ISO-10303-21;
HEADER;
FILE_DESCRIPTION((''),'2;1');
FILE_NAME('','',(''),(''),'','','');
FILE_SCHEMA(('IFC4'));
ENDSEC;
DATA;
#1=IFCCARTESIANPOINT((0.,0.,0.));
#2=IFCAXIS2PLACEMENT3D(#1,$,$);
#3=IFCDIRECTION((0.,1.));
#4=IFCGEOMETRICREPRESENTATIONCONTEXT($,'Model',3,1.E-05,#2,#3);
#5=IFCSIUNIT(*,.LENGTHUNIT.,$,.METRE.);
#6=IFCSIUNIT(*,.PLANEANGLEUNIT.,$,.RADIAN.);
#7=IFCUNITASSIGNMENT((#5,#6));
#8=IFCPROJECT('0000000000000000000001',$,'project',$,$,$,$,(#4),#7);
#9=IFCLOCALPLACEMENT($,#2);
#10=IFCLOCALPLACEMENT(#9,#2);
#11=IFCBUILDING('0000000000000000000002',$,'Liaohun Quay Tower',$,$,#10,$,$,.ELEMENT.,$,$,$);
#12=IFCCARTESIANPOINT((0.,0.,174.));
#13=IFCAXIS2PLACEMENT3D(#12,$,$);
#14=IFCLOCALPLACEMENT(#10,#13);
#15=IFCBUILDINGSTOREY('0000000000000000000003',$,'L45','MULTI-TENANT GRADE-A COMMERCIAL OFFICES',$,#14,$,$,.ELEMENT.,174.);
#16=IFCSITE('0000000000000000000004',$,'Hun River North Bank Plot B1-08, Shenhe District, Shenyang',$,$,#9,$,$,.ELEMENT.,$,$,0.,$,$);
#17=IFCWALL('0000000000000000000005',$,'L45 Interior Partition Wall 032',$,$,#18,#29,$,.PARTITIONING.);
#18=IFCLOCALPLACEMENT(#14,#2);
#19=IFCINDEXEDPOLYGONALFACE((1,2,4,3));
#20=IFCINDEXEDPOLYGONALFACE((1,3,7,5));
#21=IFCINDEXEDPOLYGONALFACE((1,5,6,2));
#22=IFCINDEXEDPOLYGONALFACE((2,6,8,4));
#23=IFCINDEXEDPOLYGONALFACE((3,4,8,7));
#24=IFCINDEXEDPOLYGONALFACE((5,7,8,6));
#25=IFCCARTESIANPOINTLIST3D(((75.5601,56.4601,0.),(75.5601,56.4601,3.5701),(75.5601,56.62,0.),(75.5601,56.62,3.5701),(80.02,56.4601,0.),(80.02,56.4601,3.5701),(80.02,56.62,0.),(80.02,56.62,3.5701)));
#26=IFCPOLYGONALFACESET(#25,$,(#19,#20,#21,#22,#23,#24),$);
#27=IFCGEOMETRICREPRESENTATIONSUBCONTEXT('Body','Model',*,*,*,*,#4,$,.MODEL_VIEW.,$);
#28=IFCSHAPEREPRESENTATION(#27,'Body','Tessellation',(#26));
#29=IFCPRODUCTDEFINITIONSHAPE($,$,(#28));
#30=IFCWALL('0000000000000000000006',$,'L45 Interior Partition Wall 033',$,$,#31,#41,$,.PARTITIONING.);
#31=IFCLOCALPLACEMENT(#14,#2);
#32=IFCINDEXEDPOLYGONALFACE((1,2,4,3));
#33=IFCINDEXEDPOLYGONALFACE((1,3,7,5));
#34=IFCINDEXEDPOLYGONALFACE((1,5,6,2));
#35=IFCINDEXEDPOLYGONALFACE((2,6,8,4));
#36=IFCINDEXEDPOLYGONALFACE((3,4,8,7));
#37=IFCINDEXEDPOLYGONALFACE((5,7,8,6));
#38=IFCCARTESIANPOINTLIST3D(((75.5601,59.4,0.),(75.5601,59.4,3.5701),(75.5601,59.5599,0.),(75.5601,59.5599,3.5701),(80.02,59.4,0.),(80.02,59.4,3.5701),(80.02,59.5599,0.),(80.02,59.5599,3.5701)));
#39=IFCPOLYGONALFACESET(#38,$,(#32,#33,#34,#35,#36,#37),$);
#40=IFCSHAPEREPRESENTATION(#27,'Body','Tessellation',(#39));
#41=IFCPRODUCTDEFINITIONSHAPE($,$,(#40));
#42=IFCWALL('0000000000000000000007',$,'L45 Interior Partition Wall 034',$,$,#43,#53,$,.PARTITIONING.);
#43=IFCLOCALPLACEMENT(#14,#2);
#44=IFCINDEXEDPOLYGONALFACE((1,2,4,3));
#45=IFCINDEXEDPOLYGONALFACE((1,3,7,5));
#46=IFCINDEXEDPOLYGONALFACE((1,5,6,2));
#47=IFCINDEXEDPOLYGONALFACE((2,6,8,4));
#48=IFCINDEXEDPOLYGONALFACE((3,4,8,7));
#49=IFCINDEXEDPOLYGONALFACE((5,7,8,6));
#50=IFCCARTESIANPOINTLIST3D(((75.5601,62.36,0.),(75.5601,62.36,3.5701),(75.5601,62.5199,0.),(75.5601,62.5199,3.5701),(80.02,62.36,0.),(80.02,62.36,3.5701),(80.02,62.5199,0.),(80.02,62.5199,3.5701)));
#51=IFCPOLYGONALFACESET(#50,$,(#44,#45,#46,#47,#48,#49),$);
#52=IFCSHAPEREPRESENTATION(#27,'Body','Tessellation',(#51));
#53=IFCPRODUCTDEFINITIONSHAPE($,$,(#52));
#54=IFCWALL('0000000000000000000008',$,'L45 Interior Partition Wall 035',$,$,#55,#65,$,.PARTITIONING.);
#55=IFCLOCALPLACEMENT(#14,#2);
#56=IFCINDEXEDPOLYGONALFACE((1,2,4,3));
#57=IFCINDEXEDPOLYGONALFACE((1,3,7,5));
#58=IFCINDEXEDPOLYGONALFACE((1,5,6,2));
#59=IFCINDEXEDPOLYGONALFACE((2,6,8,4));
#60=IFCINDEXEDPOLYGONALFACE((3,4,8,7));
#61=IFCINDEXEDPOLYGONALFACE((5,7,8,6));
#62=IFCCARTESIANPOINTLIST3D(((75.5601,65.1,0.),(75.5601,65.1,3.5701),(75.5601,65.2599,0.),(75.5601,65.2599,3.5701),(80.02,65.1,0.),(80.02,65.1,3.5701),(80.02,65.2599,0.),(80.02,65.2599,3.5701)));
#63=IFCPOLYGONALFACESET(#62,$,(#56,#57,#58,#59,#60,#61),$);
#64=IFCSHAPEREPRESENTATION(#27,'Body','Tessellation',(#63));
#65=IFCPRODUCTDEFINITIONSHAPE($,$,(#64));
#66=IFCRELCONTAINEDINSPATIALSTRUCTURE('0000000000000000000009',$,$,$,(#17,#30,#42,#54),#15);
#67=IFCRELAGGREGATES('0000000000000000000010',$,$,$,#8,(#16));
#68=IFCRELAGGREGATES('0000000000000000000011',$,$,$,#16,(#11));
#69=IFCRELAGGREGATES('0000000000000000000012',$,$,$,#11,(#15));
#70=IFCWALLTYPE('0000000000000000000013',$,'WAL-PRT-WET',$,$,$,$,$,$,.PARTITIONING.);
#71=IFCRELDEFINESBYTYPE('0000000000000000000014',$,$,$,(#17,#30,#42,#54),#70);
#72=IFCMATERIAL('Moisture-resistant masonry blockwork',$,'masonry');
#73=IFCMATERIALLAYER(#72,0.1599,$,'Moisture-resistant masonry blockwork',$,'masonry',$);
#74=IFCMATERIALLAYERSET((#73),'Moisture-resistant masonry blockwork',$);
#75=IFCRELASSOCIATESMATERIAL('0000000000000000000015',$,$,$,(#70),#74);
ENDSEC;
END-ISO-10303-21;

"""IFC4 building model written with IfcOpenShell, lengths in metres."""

from ifc_helpers import new_model, si_unit, direction, frame, frame_2d, origin, place, context, subcontext, project, spatial, rectangle, extrude, material, layer, layer_set, type_object, element, save


model = new_model("IFC4")

# Units and contexts
model_context = context("Model", 3, precision=1e-05, world=origin(), true_north=direction((0.0, 1.0)))
body_context = subcontext(model_context, "Body", "Model", "MODEL_VIEW")
ifc_project = project(units=[si_unit("LENGTHUNIT", "METRE"), si_unit("PLANEANGLEUNIT", "RADIAN")], contexts=[model_context])

# Site, building, storey
site_placement = place(None, origin())
site = spatial("IfcSite", under=ifc_project, at=site_placement, Name="Hun River North Bank Plot B1-08, Shenhe District, Shenyang", CompositionType="ELEMENT", RefElevation=0.0)
building_placement = place(site_placement, origin())
building = spatial("IfcBuilding", under=site, at=building_placement, Name="Liaohun Quay Tower", CompositionType="ELEMENT")
storey_placement = place(building_placement, frame((0.0, 0.0, 174.0)))
storey = spatial("IfcBuildingStorey", under=building, at=storey_placement, Name="L45", Description="MULTI-TENANT GRADE-A COMMERCIAL OFFICES", CompositionType="ELEMENT", Elevation=174.0)

# Shared definitions
ifc_material_1 = material(Name="Moisture-resistant masonry blockwork", Category="masonry")
ifc_layer_1 = layer(ifc_material_1, 0.1599, Name="Moisture-resistant masonry blockwork", Category="masonry")
ifc_layer_set_1 = layer_set([ifc_layer_1], Name="Moisture-resistant masonry blockwork")
wall_type_1 = type_object("IfcWallType", Name="WAL-PRT-WET", PredefinedType="PARTITIONING", material=ifc_layer_set_1)

# Walls
for number, where, z_axis, x_axis, name in (
    (1, (75.5601, 56.54, 0.0), (0.0, 0.0, 1.0), (1.0, 0.0, 0.0), "L45 Interior Partition Wall 032"),
    (2, (75.5601, 59.48, 0.0), (0.0, 0.0, 1.0), (1.0, 0.0, 0.0), "L45 Interior Partition Wall 033"),
    (3, (75.5601, 62.4399, 0.0), (0.0, 0.0, 1.0), (1.0, 0.0, 0.0), "L45 Interior Partition Wall 034"),
    (4, (75.5601, 65.1799, 0.0), (0.0, 0.0, 1.0), (1.0, 0.0, 0.0), "L45 Interior Partition Wall 035"),
):
    element("IfcWall", number, at=place(storey_placement, frame(where, z_axis=z_axis, x_axis=x_axis)), inside=storey, type_object=wall_type_1, Name=name, PredefinedType="PARTITIONING", context=body_context, shape_type="SweptSolid", body=[
        extrude(rectangle(XDim=4.46, YDim=0.1599, at=frame_2d((2.23, 0.0))), origin(), (0.0, 0.0, 1.0), 3.5701),
    ])

save(model, "model.ifc")
